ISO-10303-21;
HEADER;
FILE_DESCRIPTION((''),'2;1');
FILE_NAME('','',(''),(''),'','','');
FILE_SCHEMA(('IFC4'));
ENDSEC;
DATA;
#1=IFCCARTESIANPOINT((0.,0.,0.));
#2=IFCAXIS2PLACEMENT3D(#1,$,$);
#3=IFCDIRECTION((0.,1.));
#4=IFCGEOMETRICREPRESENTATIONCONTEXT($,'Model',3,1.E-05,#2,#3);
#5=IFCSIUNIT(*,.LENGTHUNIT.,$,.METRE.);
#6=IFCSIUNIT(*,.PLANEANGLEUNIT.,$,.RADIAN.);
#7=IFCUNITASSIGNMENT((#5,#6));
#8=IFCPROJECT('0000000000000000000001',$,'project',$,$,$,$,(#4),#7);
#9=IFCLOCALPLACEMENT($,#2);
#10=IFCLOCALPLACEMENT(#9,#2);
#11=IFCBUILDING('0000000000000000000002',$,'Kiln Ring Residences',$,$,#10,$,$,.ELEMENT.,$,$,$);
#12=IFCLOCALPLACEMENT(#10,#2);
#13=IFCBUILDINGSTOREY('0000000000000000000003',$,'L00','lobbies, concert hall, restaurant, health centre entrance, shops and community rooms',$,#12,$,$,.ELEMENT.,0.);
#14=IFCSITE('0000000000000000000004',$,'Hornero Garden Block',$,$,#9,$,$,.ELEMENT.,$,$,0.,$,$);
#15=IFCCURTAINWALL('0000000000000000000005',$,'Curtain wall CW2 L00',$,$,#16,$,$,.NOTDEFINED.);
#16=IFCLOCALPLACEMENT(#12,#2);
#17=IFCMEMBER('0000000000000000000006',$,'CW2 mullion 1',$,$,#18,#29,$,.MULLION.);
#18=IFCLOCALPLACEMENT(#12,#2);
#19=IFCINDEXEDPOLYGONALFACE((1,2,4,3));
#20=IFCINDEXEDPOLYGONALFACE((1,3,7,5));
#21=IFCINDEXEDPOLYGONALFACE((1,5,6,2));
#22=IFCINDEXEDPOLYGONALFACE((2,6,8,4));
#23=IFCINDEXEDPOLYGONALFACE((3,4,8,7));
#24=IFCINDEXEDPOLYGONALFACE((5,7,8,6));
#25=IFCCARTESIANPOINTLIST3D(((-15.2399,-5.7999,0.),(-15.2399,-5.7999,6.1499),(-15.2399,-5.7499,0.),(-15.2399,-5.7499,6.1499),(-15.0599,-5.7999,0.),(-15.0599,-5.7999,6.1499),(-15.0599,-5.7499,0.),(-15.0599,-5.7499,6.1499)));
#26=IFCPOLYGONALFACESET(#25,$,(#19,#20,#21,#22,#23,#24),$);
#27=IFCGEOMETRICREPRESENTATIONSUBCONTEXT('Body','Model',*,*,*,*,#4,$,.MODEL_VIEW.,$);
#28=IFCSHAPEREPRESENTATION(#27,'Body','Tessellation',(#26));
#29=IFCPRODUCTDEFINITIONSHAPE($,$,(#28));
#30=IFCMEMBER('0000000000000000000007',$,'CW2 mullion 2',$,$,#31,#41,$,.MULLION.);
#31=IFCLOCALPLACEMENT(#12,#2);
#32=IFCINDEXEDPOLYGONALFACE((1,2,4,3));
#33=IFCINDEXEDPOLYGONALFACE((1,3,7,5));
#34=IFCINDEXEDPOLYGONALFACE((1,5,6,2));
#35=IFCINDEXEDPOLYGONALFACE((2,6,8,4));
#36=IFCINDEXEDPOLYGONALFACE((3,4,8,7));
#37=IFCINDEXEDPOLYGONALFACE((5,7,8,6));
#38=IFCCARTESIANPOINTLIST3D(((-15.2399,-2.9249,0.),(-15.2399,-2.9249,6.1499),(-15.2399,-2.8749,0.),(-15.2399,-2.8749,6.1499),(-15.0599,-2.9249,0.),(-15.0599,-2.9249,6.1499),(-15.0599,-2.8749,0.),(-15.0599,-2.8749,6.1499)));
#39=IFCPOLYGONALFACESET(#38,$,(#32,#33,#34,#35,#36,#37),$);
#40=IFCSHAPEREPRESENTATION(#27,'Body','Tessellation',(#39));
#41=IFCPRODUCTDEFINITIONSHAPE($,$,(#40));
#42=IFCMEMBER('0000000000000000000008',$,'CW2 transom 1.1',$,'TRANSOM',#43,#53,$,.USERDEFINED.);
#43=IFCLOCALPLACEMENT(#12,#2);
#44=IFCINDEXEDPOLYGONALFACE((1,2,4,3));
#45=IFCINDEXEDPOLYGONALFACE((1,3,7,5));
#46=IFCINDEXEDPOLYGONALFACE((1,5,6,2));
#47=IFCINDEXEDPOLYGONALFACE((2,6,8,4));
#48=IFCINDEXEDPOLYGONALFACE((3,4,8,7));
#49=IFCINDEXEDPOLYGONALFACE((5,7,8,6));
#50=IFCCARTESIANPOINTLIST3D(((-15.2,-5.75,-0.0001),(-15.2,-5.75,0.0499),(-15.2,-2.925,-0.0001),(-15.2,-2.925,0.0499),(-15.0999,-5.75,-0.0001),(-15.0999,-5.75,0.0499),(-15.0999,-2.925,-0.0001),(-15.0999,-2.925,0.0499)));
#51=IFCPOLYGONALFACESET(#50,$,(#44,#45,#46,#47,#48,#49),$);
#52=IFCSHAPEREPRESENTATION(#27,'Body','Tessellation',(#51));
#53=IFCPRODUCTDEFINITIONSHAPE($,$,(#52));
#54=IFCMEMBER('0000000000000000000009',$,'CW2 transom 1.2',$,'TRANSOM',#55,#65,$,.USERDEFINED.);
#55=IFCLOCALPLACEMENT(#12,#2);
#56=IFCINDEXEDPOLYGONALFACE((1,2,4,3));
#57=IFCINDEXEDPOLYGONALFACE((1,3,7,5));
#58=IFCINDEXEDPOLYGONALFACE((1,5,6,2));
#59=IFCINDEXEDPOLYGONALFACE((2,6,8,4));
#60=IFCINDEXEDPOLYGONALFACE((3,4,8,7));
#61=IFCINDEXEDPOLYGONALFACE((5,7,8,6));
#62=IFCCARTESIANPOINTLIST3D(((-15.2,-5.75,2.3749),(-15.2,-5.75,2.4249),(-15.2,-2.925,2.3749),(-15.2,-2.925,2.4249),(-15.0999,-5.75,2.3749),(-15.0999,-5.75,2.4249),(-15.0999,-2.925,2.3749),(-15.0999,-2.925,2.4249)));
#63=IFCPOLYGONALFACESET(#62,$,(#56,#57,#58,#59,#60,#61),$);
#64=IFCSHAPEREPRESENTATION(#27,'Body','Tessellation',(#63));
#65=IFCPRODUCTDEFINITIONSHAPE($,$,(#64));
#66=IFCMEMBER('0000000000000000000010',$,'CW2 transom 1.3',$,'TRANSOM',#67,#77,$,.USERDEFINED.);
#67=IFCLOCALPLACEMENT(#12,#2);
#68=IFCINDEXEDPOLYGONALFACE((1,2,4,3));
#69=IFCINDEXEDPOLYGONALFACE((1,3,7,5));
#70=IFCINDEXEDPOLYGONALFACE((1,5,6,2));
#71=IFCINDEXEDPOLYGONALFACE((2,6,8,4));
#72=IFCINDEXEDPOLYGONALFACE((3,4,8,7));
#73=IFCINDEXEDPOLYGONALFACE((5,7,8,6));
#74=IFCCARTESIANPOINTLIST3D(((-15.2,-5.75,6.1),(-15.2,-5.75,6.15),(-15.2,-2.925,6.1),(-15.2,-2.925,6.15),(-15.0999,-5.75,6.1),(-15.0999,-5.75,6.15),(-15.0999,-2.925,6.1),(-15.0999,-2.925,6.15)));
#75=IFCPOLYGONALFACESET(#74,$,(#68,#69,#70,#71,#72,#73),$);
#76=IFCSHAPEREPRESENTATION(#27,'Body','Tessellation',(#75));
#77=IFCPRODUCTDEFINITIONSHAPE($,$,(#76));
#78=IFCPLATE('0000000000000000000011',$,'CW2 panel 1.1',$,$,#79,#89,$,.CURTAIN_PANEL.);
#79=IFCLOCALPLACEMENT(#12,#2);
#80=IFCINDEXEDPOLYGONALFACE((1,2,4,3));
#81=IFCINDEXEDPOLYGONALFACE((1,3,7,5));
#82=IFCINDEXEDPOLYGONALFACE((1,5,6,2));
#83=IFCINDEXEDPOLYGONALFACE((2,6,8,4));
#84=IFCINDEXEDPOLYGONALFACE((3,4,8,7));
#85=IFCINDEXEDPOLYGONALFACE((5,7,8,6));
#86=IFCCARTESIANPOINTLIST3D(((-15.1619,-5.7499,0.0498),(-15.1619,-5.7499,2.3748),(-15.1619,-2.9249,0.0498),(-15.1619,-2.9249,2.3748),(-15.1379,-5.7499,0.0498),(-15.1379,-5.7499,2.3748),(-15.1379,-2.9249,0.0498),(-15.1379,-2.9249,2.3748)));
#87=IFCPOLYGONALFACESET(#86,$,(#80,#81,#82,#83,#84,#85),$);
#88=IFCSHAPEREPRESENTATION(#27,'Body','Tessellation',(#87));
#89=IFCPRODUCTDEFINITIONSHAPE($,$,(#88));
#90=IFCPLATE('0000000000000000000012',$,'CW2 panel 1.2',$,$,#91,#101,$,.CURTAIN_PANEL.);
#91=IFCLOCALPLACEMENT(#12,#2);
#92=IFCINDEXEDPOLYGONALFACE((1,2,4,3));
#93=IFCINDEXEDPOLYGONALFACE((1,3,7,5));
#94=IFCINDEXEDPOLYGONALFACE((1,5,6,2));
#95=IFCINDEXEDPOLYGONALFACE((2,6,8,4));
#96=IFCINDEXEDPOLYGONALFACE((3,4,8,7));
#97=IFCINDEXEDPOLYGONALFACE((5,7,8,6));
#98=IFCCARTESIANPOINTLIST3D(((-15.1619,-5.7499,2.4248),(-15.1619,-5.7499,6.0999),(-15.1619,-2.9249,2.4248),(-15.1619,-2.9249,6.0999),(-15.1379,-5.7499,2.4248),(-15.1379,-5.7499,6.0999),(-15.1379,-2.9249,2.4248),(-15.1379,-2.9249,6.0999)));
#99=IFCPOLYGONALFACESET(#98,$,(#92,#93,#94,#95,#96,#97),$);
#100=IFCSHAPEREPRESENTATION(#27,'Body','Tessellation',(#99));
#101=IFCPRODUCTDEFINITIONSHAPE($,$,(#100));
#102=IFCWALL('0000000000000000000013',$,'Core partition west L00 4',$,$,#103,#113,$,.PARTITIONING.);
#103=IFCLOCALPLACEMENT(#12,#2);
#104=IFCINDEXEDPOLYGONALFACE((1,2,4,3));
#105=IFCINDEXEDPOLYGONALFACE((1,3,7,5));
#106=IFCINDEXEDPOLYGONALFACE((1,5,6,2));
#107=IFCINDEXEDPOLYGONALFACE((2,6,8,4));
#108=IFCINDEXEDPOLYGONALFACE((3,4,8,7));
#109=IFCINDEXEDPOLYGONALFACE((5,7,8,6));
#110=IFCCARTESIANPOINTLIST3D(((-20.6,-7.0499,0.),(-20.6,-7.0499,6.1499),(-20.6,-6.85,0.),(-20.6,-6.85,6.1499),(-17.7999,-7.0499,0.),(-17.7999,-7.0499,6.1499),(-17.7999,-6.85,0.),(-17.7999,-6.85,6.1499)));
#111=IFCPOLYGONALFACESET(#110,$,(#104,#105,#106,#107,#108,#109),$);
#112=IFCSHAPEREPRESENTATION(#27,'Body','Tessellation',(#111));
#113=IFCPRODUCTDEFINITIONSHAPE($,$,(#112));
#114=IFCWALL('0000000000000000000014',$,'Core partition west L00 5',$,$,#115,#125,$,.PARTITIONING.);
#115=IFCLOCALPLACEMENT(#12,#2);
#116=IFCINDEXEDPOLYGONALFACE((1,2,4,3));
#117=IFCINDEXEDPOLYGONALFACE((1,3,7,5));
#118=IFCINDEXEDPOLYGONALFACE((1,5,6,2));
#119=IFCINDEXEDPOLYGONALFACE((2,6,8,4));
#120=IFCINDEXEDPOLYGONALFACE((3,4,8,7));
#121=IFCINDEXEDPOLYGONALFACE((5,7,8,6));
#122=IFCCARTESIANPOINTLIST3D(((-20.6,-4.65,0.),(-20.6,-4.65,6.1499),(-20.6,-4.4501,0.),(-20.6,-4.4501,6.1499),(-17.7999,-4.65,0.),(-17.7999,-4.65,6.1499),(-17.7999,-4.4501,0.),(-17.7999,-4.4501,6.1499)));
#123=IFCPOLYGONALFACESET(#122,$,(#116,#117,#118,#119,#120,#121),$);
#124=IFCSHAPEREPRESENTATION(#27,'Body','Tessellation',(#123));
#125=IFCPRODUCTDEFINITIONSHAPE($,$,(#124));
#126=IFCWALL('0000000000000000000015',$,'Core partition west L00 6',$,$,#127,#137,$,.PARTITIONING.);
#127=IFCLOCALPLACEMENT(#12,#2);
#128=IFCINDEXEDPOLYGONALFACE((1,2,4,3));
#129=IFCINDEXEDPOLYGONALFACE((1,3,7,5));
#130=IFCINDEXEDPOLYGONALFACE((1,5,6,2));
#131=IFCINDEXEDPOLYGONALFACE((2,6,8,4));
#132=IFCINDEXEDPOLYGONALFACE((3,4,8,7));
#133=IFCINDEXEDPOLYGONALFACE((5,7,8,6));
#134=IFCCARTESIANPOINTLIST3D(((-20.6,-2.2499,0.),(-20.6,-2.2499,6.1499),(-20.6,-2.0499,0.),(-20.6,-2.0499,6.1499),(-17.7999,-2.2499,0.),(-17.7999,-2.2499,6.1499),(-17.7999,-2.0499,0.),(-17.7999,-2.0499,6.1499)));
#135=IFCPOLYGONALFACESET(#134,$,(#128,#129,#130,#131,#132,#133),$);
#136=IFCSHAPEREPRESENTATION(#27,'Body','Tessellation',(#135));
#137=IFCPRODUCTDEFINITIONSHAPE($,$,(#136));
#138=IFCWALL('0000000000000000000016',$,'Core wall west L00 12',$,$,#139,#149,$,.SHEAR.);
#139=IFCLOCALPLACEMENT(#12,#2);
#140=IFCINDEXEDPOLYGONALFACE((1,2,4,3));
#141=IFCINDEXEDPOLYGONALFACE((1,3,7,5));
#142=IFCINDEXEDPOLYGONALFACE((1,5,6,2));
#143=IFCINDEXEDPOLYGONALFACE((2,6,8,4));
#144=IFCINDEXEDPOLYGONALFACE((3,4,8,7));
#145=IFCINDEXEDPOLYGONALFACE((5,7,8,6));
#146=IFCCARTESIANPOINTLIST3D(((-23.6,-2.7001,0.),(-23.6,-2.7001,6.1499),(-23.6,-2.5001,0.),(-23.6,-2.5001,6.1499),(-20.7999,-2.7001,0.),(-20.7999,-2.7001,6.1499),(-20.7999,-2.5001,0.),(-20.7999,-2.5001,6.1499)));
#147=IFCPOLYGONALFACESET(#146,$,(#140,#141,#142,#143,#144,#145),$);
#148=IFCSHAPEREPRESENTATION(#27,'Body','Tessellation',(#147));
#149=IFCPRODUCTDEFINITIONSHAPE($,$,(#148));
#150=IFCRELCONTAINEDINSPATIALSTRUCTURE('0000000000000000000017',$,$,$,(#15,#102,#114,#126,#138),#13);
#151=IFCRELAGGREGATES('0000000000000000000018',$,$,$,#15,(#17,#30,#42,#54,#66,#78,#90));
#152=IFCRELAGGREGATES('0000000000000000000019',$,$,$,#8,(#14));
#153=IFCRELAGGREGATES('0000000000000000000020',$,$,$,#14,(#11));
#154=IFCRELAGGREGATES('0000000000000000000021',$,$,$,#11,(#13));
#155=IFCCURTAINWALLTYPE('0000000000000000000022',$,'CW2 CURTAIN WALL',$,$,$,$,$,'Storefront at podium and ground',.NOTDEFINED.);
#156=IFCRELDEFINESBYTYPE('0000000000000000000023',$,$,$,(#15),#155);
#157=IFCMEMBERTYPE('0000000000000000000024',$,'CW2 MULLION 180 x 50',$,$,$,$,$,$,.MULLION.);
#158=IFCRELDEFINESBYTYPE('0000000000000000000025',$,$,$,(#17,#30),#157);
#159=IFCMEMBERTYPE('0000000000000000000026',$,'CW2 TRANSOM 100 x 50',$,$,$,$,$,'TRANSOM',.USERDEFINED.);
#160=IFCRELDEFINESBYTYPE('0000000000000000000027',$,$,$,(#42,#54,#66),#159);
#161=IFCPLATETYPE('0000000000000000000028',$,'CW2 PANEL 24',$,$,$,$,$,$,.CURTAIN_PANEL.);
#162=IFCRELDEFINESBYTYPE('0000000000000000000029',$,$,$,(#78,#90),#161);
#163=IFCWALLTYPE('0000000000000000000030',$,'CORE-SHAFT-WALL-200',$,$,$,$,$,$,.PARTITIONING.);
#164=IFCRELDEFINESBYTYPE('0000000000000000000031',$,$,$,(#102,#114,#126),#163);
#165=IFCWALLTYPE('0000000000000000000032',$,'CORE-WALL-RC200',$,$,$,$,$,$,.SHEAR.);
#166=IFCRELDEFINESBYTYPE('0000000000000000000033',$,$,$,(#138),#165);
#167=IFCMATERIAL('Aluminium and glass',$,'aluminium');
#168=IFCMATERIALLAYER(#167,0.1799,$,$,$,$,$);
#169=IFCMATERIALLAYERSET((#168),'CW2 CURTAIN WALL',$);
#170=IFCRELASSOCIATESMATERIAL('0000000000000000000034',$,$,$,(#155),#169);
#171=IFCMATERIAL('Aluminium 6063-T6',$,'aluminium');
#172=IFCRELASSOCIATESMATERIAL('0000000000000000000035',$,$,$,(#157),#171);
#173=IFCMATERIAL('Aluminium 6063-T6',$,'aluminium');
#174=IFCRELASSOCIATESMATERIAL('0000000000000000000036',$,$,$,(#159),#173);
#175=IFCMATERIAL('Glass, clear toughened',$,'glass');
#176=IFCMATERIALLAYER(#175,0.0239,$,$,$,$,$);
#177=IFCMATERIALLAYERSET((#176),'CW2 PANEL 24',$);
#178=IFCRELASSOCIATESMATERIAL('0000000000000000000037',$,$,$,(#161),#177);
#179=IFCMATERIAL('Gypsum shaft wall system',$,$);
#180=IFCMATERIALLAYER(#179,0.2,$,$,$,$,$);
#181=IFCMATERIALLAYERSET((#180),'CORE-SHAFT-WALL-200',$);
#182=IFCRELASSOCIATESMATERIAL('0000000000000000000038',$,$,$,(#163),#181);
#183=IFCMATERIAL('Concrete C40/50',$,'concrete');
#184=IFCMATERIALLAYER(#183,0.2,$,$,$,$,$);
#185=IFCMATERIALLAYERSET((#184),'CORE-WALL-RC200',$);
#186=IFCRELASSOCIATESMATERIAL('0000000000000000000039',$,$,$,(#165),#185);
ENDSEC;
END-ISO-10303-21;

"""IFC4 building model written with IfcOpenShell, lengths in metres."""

from ifc_helpers import new_model, si_unit, direction, frame, frame_2d, origin, origin_2d, place, context, subcontext, project, spatial, rectangle, extrude, material, layer, layer_set, material_profile, profile_set, type_object, element, aggregate, save


model = new_model("IFC4")

# Units and contexts
model_context = context("Model", 3, precision=1e-05, world=origin(), true_north=direction((0.0, 1.0)))
body_context = subcontext(model_context, "Body", "Model", "MODEL_VIEW")
ifc_project = project(units=[si_unit("LENGTHUNIT", "METRE"), si_unit("PLANEANGLEUNIT", "RADIAN")], contexts=[model_context])

# Site, building, storey
site_placement = place(None, origin())
site = spatial("IfcSite", under=ifc_project, at=site_placement, Name="Hornero Garden Block", CompositionType="ELEMENT", RefElevation=0.0)
building_placement = place(site_placement, origin())
building = spatial("IfcBuilding", under=site, at=building_placement, Name="Kiln Ring Residences", CompositionType="ELEMENT")
storey_placement = place(building_placement, origin())
storey = spatial("IfcBuildingStorey", under=building, at=storey_placement, Name="L00", Description="lobbies, concert hall, restaurant, health centre entrance, shops and community rooms", CompositionType="ELEMENT", Elevation=0.0)

# Curtain wall, members, plates
ifc_material_1 = material(Name="Aluminium and glass", Category="aluminium")
ifc_layer_1 = layer(ifc_material_1, 0.1799)
ifc_layer_set_1 = layer_set([ifc_layer_1], Name="CW2 CURTAIN WALL")
curtain_wall_type = type_object("IfcCurtainWallType", Name="CW2 CURTAIN WALL", ElementType="Storefront at podium and ground", PredefinedType="NOTDEFINED", material=ifc_layer_set_1)
curtain_wall_placement = place(storey_placement, origin())
curtain_wall = element("IfcCurtainWall", 1, at=curtain_wall_placement, inside=storey, type_object=curtain_wall_type, Name="Curtain wall CW2 L00", PredefinedType="NOTDEFINED")
ifc_material_2 = material(Name="Aluminium 6063-T6", Category="aluminium")
ifc_material_profile_1 = material_profile(ifc_material_2, rectangle(XDim=0.1799, YDim=0.05, at=origin_2d()), Name="AL 180x50")
ifc_profile_set_1 = profile_set([ifc_material_profile_1], Name="Aluminium 6063-T6")
member_type_1 = type_object("IfcMemberType", Name="CW2 MULLION 180 x 50", PredefinedType="MULLION", material=ifc_profile_set_1)
member_1_placement = place(storey_placement, frame((-15.1499, -5.7749, 0.0), z_axis=(0.0, 0.0, 1.0), x_axis=(-1.0, 0.0, 0.0)))
member_1 = element("IfcMember", 2, at=member_1_placement, type_object=member_type_1, Name="CW2 mullion 1", PredefinedType="MULLION", context=body_context, shape_type="SweptSolid", body=[
    extrude(rectangle(XDim=0.1799, YDim=0.05, at=origin_2d()), origin(), (0.0, 0.0, 1.0), 6.1499),
])
member_2_placement = place(storey_placement, frame((-15.1499, -2.8999, 0.0), z_axis=(0.0, 0.0, 1.0), x_axis=(-1.0, 0.0, 0.0)))
member_2 = element("IfcMember", 3, at=member_2_placement, type_object=member_type_1, Name="CW2 mullion 2", PredefinedType="MULLION", context=body_context, shape_type="SweptSolid", body=[
    extrude(rectangle(XDim=0.1799, YDim=0.05, at=origin_2d()), origin(), (0.0, 0.0, 1.0), 6.1499),
])
ifc_material_3 = material(Name="Aluminium 6063-T6", Category="aluminium")
ifc_material_profile_2 = material_profile(ifc_material_3, rectangle(XDim=0.1001, YDim=0.05, at=origin_2d()), Name="AL 100x50")
ifc_profile_set_2 = profile_set([ifc_material_profile_2], Name="Aluminium 6063-T6")
member_type_2 = type_object("IfcMemberType", Name="CW2 TRANSOM 100 x 50", ElementType="TRANSOM", PredefinedType="USERDEFINED", material=ifc_profile_set_2)
member_3_placement = place(storey_placement, frame((-15.1499, -5.75, 0.0249), z_axis=(0.0, 1.0, 0.0), x_axis=(-1.0, 0.0, 0.0)))
member_3 = element("IfcMember", 4, at=member_3_placement, type_object=member_type_2, Name="CW2 transom 1.1", ObjectType="TRANSOM", PredefinedType="USERDEFINED", context=body_context, shape_type="SweptSolid", body=[
    extrude(rectangle(XDim=0.1001, YDim=0.05, at=origin_2d()), origin(), (0.0, 0.0, 1.0), 2.825),
])
member_4_placement = place(storey_placement, frame((-15.1499, -5.75, 2.3999), z_axis=(0.0, 1.0, 0.0), x_axis=(-1.0, 0.0, 0.0)))
member_4 = element("IfcMember", 5, at=member_4_placement, type_object=member_type_2, Name="CW2 transom 1.2", ObjectType="TRANSOM", PredefinedType="USERDEFINED", context=body_context, shape_type="SweptSolid", body=[
    extrude(rectangle(XDim=0.1001, YDim=0.05, at=origin_2d()), origin(), (0.0, 0.0, 1.0), 2.825),
])
member_5_placement = place(storey_placement, frame((-15.1499, -5.75, 6.125), z_axis=(0.0, 1.0, 0.0), x_axis=(-1.0, 0.0, 0.0)))
member_5 = element("IfcMember", 6, at=member_5_placement, type_object=member_type_2, Name="CW2 transom 1.3", ObjectType="TRANSOM", PredefinedType="USERDEFINED", context=body_context, shape_type="SweptSolid", body=[
    extrude(rectangle(XDim=0.1001, YDim=0.05, at=origin_2d()), origin(), (0.0, 0.0, 1.0), 2.825),
])
ifc_material_4 = material(Name="Glass, clear toughened", Category="glass")
ifc_layer_2 = layer(ifc_material_4, 0.0239)
ifc_layer_set_2 = layer_set([ifc_layer_2], Name="CW2 PANEL 24")
plate_type = type_object("IfcPlateType", Name="CW2 PANEL 24", PredefinedType="CURTAIN_PANEL", material=ifc_layer_set_2)
plate_1_placement = place(storey_placement, frame((-15.1499, -4.3374, 0.0498), z_axis=(0.0, 0.0, 1.0), x_axis=(0.0, 1.0, 0.0)))
plate_1 = element("IfcPlate", 7, at=plate_1_placement, type_object=plate_type, Name="CW2 panel 1.1", PredefinedType="CURTAIN_PANEL", context=body_context, shape_type="SweptSolid", body=[
    extrude(rectangle(XDim=2.825, YDim=0.0239, at=origin_2d()), origin(), (0.0, 0.0, 1.0), 2.325),
])
plate_2_placement = place(storey_placement, frame((-15.1499, -4.3374, 2.4248), z_axis=(0.0, 0.0, 1.0), x_axis=(0.0, 1.0, 0.0)))
plate_2 = element("IfcPlate", 8, at=plate_2_placement, type_object=plate_type, Name="CW2 panel 1.2", PredefinedType="CURTAIN_PANEL", context=body_context, shape_type="SweptSolid", body=[
    extrude(rectangle(XDim=2.825, YDim=0.0239, at=origin_2d()), origin(), (0.0, 0.0, 1.0), 3.675),
])
aggregate(curtain_wall, [member_1, member_2, member_3, member_4, member_5, plate_1, plate_2])

# Walls
ifc_material_5 = material(Name="Gypsum shaft wall system")
ifc_layer_3 = layer(ifc_material_5, 0.2)
ifc_layer_set_3 = layer_set([ifc_layer_3], Name="CORE-SHAFT-WALL-200")
wall_type_1 = type_object("IfcWallType", Name="CORE-SHAFT-WALL-200", PredefinedType="PARTITIONING", material=ifc_layer_set_3)
for number, where, z_axis, x_axis, name in (
    (9, (-17.8, -6.95, 0.0), (0.0, 0.0, 1.0), (-1.0, 0.0, 0.0), "Core partition west L00 4"),
    (10, (-17.8, -4.55, 0.0), (0.0, 0.0, 1.0), (-1.0, 0.0, 0.0), "Core partition west L00 5"),
    (11, (-17.8, -2.1499, 0.0), (0.0, 0.0, 1.0), (-1.0, 0.0, 0.0), "Core partition west L00 6"),
):
    element("IfcWall", number, at=place(storey_placement, frame(where, z_axis=z_axis, x_axis=x_axis)), inside=storey, type_object=wall_type_1, Name=name, PredefinedType="PARTITIONING", context=body_context, shape_type="SweptSolid", body=[
        extrude(rectangle(XDim=2.8, YDim=0.2, at=frame_2d((1.3999, 0.0))), origin(), (0.0, 0.0, 1.0), 6.1499),
    ])
ifc_material_6 = material(Name="Concrete C40/50", Category="concrete")
ifc_layer_4 = layer(ifc_material_6, 0.2)
ifc_layer_set_4 = layer_set([ifc_layer_4], Name="CORE-WALL-RC200")
wall_type_2 = type_object("IfcWallType", Name="CORE-WALL-RC200", PredefinedType="SHEAR", material=ifc_layer_set_4)
wall_placement = place(storey_placement, frame((-20.8, -2.6001, 0.0), z_axis=(0.0, 0.0, 1.0), x_axis=(-1.0, 0.0, 0.0)))
element("IfcWall", 12, at=wall_placement, inside=storey, type_object=wall_type_2, Name="Core wall west L00 12", PredefinedType="SHEAR", context=body_context, shape_type="SweptSolid", body=[
    extrude(rectangle(XDim=2.8, YDim=0.2, at=frame_2d((1.3999, 0.0))), origin(), (0.0, 0.0, 1.0), 6.1499),
])

save(model, "model.ifc")
